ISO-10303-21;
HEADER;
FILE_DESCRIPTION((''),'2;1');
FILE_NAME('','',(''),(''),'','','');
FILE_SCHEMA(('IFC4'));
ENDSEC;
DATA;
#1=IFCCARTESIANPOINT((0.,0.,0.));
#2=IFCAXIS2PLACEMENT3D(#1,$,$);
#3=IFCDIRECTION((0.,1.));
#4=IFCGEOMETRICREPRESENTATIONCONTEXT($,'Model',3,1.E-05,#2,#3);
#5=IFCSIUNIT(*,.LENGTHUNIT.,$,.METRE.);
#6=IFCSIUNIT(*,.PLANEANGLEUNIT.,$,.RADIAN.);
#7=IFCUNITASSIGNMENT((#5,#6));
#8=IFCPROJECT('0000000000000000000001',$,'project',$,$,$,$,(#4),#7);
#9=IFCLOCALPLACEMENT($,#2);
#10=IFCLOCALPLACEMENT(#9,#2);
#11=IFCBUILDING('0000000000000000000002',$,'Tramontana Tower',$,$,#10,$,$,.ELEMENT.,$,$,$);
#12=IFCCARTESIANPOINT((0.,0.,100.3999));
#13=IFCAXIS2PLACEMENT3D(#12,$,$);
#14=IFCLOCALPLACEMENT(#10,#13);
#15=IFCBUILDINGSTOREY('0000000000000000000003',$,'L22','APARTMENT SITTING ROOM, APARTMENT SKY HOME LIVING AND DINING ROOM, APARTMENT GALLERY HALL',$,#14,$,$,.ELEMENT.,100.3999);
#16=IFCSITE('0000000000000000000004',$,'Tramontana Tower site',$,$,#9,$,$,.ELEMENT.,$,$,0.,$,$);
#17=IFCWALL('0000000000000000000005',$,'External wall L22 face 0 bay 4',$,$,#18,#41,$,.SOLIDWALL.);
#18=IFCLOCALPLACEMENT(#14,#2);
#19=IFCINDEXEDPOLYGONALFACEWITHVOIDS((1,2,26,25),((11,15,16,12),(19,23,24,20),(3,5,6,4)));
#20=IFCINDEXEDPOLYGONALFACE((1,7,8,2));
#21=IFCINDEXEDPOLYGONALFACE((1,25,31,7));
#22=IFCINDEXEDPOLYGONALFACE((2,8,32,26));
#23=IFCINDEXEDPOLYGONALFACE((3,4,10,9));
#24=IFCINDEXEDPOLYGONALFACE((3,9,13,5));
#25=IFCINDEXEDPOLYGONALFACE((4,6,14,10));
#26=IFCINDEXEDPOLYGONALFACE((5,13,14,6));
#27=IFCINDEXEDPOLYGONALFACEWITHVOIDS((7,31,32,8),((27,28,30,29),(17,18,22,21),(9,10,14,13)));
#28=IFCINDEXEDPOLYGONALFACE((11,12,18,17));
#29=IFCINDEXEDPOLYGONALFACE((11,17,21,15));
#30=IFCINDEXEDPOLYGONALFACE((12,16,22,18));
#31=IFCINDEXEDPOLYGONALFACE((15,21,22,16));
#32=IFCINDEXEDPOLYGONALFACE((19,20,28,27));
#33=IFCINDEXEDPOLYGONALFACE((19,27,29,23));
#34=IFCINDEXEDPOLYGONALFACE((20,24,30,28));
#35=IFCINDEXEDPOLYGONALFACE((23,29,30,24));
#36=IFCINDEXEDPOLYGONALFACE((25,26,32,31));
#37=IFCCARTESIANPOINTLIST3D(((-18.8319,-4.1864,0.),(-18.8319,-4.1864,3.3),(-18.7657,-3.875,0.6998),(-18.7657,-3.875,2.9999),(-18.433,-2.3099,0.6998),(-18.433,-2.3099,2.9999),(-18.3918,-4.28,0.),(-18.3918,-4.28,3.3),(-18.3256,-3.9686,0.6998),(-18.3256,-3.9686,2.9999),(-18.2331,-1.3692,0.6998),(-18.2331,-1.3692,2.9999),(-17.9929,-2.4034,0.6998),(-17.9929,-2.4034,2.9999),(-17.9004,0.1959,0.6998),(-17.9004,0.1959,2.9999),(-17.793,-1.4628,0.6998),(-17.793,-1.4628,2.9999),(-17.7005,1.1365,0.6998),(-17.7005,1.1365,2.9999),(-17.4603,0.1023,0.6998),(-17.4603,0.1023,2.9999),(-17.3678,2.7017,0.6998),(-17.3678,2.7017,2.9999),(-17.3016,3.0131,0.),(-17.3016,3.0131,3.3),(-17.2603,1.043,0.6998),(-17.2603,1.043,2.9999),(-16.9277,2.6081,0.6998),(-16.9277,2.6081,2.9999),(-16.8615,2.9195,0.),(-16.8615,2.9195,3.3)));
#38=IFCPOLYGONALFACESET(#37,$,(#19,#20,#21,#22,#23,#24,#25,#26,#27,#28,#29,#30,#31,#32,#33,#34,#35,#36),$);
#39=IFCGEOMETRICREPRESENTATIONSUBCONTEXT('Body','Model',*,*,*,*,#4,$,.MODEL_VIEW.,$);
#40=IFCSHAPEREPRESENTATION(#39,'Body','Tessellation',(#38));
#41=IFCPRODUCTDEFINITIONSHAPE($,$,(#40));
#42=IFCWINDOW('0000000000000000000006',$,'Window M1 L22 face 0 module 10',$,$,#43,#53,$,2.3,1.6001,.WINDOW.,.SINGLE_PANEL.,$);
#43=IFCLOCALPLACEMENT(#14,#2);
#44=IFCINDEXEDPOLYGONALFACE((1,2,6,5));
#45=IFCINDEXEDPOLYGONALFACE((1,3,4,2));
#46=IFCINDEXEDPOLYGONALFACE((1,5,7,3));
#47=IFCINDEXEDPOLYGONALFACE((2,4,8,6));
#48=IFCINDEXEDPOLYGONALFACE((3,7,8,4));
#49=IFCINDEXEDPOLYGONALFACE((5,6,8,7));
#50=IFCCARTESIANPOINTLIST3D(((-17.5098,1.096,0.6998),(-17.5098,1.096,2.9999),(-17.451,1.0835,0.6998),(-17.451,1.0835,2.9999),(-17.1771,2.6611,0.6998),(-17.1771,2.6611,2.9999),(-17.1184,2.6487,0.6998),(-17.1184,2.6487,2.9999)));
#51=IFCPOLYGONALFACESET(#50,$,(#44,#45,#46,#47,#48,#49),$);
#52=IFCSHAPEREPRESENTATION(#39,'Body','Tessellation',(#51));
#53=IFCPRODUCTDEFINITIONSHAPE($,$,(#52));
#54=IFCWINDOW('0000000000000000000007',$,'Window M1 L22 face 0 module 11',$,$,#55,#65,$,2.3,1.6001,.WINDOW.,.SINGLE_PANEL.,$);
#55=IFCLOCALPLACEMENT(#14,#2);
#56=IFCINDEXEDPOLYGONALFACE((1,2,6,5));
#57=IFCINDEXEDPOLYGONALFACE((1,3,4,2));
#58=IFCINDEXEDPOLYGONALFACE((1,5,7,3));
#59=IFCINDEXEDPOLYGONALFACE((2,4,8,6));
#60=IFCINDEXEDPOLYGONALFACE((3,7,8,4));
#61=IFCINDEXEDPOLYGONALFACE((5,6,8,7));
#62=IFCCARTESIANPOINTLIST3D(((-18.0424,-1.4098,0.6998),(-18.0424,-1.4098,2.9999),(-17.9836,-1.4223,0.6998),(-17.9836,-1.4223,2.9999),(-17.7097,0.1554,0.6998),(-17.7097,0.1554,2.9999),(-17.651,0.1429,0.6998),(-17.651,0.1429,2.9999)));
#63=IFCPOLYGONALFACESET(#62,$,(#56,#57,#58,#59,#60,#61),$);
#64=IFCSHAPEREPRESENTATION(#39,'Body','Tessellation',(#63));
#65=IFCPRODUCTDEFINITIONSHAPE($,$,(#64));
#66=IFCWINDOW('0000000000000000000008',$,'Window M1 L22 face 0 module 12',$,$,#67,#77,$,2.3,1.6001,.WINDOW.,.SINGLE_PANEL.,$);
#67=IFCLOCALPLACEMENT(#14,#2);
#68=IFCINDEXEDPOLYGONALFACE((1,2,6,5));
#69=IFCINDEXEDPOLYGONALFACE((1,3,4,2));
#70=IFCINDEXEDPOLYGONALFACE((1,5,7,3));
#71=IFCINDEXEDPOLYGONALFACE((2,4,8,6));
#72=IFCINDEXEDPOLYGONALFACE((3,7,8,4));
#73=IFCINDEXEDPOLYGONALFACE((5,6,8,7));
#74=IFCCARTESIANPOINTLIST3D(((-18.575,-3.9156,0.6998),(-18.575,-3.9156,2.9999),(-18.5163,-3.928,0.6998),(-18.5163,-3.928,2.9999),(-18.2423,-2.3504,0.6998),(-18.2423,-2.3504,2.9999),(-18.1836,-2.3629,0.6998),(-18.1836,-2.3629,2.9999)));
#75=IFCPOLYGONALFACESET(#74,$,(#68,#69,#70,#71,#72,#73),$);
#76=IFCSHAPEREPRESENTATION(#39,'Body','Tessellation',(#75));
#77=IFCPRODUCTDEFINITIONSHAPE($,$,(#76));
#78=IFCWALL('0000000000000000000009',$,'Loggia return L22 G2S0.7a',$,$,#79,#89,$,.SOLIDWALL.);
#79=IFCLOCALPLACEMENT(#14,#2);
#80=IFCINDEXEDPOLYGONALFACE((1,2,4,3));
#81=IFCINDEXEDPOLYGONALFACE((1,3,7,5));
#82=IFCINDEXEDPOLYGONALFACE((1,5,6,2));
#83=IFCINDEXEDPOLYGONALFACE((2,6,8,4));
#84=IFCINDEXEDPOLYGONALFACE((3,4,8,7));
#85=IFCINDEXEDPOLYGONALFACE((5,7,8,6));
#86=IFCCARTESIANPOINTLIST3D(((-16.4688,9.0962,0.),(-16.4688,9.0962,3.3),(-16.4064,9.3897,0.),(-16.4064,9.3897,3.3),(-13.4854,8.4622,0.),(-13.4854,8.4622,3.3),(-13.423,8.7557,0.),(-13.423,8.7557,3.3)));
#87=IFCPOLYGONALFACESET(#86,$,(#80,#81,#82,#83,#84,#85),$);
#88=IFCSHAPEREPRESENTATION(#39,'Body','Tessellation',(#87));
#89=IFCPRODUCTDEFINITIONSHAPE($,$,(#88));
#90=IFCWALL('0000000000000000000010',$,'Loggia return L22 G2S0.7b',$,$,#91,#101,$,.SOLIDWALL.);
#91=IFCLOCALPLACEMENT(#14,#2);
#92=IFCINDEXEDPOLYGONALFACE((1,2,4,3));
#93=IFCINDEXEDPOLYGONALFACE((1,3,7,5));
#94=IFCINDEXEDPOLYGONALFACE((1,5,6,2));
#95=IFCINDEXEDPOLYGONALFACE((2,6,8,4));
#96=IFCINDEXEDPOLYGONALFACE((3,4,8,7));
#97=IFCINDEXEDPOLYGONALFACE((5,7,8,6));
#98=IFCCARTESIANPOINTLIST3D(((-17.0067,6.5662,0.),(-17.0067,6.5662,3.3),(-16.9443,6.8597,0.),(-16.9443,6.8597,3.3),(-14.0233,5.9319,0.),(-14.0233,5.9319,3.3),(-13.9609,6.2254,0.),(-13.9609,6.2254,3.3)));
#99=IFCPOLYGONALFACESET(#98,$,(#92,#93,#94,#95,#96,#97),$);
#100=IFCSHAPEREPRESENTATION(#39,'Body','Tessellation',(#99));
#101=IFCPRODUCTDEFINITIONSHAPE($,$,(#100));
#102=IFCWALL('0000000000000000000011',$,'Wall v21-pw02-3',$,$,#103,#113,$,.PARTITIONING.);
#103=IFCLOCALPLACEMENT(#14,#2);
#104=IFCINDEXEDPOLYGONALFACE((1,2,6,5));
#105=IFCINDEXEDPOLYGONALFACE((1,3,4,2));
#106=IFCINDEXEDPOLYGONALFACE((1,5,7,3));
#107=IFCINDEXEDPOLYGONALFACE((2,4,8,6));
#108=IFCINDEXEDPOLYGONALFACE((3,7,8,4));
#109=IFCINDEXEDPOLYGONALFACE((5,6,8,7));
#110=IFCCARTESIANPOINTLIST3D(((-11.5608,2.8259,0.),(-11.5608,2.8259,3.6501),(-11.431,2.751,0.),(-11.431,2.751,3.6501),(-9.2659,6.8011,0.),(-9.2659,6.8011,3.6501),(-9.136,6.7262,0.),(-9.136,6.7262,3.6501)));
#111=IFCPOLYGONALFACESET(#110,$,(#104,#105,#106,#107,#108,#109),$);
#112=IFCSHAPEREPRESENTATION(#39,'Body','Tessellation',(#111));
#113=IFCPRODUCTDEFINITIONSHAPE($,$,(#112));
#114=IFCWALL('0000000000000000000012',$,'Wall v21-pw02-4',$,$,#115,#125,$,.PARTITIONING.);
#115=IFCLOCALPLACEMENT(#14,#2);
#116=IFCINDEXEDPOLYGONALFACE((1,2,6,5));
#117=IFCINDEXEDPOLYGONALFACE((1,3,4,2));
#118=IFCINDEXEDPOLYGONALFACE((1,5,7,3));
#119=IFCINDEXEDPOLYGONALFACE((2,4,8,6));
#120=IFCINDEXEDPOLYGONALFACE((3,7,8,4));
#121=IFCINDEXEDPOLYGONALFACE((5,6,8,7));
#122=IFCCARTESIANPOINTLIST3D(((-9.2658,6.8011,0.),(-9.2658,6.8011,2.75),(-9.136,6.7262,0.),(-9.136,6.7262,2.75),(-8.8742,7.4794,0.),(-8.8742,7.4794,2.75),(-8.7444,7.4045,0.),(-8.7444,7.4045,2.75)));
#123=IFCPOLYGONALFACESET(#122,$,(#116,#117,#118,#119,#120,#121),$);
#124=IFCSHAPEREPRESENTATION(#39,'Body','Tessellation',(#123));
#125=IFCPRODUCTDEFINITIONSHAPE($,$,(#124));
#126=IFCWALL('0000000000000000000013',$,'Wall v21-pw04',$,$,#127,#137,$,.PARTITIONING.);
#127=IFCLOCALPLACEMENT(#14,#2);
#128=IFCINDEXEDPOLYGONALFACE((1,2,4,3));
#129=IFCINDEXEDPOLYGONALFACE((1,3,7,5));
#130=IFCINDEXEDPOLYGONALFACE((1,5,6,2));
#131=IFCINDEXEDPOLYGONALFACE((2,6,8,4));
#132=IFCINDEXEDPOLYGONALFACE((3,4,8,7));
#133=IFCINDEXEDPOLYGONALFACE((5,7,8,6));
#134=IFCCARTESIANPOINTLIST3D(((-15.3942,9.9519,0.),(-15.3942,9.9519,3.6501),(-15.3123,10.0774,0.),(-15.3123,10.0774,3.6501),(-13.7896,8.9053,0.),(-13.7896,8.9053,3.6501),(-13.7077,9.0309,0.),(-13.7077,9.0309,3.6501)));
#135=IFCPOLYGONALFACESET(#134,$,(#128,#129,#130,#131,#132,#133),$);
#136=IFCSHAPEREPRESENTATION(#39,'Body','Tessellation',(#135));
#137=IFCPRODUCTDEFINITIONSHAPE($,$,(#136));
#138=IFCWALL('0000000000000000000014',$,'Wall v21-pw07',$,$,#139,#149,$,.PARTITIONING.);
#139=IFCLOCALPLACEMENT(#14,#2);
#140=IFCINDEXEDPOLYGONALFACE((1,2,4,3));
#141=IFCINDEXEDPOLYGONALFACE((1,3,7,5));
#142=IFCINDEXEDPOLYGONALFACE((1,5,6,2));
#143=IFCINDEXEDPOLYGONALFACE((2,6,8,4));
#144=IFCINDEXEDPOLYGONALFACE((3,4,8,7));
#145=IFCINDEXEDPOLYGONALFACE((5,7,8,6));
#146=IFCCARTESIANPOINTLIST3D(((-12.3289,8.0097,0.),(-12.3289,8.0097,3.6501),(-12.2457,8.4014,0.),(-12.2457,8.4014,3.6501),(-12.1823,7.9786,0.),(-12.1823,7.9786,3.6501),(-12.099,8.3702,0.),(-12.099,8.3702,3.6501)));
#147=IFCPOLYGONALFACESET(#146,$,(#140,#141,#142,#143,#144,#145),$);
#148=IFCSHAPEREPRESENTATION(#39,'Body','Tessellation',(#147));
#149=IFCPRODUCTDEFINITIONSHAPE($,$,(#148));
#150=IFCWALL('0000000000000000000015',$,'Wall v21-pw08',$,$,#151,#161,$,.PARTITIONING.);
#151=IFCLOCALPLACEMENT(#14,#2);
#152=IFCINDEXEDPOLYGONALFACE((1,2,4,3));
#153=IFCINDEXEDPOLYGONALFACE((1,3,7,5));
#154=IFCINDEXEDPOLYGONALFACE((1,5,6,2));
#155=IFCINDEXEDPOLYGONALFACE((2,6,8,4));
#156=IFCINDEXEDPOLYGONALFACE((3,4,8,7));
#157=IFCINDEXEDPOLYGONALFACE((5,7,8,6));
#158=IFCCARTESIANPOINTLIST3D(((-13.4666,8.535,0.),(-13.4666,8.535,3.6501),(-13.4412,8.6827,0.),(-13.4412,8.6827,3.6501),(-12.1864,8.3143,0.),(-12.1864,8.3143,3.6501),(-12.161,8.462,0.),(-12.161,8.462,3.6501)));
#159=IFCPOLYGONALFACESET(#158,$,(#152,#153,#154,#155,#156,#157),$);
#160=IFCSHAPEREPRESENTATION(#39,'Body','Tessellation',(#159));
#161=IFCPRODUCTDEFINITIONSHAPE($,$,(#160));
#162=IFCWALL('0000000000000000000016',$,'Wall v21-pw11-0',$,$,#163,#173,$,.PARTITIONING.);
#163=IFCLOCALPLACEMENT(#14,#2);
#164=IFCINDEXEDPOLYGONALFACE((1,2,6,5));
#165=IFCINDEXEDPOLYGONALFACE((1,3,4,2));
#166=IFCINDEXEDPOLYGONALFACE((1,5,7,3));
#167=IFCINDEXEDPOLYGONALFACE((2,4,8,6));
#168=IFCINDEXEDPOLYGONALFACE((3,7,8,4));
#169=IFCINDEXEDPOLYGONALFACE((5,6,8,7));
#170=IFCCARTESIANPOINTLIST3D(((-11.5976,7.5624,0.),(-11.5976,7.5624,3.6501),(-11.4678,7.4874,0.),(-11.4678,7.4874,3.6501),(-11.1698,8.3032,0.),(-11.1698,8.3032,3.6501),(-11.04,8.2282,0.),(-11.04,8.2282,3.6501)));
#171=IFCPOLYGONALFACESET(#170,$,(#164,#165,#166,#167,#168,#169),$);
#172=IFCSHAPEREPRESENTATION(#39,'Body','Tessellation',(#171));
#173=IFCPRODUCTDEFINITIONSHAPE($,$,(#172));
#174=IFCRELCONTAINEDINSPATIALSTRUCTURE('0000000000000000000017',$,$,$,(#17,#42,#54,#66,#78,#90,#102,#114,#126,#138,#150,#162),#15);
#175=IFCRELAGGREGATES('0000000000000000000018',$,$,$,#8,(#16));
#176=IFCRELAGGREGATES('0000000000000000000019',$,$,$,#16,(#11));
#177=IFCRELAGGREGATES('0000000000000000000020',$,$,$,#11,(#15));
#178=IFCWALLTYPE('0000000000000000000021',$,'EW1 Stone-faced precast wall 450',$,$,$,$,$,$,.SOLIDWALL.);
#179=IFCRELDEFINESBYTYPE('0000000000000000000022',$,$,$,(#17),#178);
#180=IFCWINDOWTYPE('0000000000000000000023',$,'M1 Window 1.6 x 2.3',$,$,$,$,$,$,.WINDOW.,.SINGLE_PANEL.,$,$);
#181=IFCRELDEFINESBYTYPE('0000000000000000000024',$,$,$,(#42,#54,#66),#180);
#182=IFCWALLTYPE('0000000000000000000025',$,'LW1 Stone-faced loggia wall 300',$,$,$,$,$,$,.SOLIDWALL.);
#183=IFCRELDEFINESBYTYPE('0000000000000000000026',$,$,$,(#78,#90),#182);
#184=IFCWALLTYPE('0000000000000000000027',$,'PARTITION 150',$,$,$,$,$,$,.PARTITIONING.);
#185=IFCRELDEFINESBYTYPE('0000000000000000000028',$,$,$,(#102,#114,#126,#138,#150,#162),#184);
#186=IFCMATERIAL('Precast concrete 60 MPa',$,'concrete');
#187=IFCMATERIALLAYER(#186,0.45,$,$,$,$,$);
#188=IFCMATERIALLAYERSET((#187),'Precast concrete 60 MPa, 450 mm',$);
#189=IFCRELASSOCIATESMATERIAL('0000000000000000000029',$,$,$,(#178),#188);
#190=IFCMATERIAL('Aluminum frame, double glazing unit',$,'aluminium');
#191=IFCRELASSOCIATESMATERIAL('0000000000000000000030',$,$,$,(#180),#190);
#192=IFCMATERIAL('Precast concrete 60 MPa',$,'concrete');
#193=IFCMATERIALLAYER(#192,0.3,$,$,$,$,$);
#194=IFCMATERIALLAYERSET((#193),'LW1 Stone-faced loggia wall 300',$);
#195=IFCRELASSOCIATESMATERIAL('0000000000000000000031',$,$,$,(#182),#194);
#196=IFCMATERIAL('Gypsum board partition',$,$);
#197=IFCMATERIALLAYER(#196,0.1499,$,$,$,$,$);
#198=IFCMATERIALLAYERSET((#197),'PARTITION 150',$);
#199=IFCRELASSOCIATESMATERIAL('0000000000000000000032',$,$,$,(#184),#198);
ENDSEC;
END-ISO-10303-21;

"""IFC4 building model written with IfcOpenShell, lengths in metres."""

from ifc_helpers import new_model, si_unit, direction, frame, frame_2d, origin, place, context, subcontext, project, spatial, rectangle, extrude, material, layer, layer_set, type_object, element, fill, save


model = new_model("IFC4")

# Units and contexts
model_context = context("Model", 3, precision=1e-05, world=origin(), true_north=direction((0.0, 1.0)))
body_context = subcontext(model_context, "Body", "Model", "MODEL_VIEW")
ifc_project = project(units=[si_unit("LENGTHUNIT", "METRE"), si_unit("PLANEANGLEUNIT", "RADIAN")], contexts=[model_context])

# Site, building, storey
site_placement = place(None, origin())
site = spatial("IfcSite", under=ifc_project, at=site_placement, Name="Tramontana Tower site", CompositionType="ELEMENT", RefElevation=0.0)
building_placement = place(site_placement, origin())
building = spatial("IfcBuilding", under=site, at=building_placement, Name="Tramontana Tower", CompositionType="ELEMENT")
storey_placement = place(building_placement, frame((0.0, 0.0, 100.3999)))
storey = spatial("IfcBuildingStorey", under=building, at=storey_placement, Name="L22", Description="APARTMENT SITTING ROOM, APARTMENT SKY HOME LIVING AND DINING ROOM, APARTMENT GALLERY HALL", CompositionType="ELEMENT", Elevation=100.3999)

# Shared definitions
ifc_material_1 = material(Name="Precast concrete 60 MPa", Category="concrete")
ifc_layer_1 = layer(ifc_material_1, 0.45)
ifc_layer_set_1 = layer_set([ifc_layer_1], Name="Precast concrete 60 MPa, 450 mm")
wall_type_1 = type_object("IfcWallType", Name="EW1 Stone-faced precast wall 450", PredefinedType="SOLIDWALL", material=ifc_layer_set_1)
ifc_material_2 = material(Name="Aluminum frame, double glazing unit", Category="aluminium")
window_type = type_object("IfcWindowType", Name="M1 Window 1.6 x 2.3", PartitioningType="SINGLE_PANEL", PredefinedType="WINDOW", material=ifc_material_2)

# Wall, openings, windows
wall_1_placement = place(storey_placement, frame((-17.0815, 2.9663, 0.0), z_axis=(0.0, 0.0, 1.0), x_axis=(-0.207909, -0.978148, 0.0)))
wall_1 = element("IfcWall", 1, at=wall_1_placement, inside=storey, type_object=wall_type_1, Name="External wall L22 face 0 bay 4", PredefinedType="SOLIDWALL", context=body_context, shape_type="SweptSolid", body=[
    extrude(rectangle(XDim=7.3604, YDim=0.45, at=frame_2d((3.6802, 0.0))), origin(), (0.0, 0.0, 1.0), 3.3),
])
opening_1_placement = place(wall_1_placement, frame((0.3184, 0.0, 0.7)))
opening_1 = element("IfcOpeningElement", 2, at=opening_1_placement, cuts=wall_1, PredefinedType="OPENING", context=body_context, shape_type="SweptSolid", body=[
    extrude(rectangle(XDim=1.6001, YDim=2.3, at=frame_2d((0.8, 1.1499))), frame((0.0, 0.2349, 0.0), z_axis=(0.0, -1.0, 0.0), x_axis=(1.0, 0.0, 0.0)), (0.0, 0.0, 1.0), 0.47),
])
opening_2_placement = place(wall_1_placement, frame((2.8801, 0.0, 0.7)))
opening_2 = element("IfcOpeningElement", 3, at=opening_2_placement, cuts=wall_1, PredefinedType="OPENING", context=body_context, shape_type="SweptSolid", body=[
    extrude(rectangle(XDim=1.6001, YDim=2.3, at=frame_2d((0.8, 1.1499))), frame((0.0, 0.2349, 0.0), z_axis=(0.0, -1.0, 0.0), x_axis=(1.0, 0.0, 0.0)), (0.0, 0.0, 1.0), 0.47),
])
opening_3_placement = place(wall_1_placement, frame((5.4419, 0.0, 0.7)))
opening_3 = element("IfcOpeningElement", 4, at=opening_3_placement, cuts=wall_1, PredefinedType="OPENING", context=body_context, shape_type="SweptSolid", body=[
    extrude(rectangle(XDim=1.6001, YDim=2.3, at=frame_2d((0.8, 1.1499))), frame((0.0, 0.2349, 0.0), z_axis=(0.0, -1.0, 0.0), x_axis=(1.0, 0.0, 0.0)), (0.0, 0.0, 1.0), 0.47),
])
window_1_placement = place(opening_1_placement, origin())
window_1 = element("IfcWindow", 5, at=window_1_placement, inside=storey, type_object=window_type, Name="Window M1 L22 face 0 module 10", OverallHeight=2.3, OverallWidth=1.6001, PartitioningType="SINGLE_PANEL", PredefinedType="WINDOW", context=body_context, shape_type="SweptSolid", body=[
    extrude(rectangle(XDim=1.6001, YDim=2.3, at=frame_2d((0.8, 1.1499))), frame((0.0, 0.03, 0.0), z_axis=(0.0, -1.0, 0.0), x_axis=(1.0, 0.0, 0.0)), (0.0, 0.0, 1.0), 0.0601),
])
fill(opening_1, window_1)
window_2_placement = place(opening_2_placement, origin())
window_2 = element("IfcWindow", 6, at=window_2_placement, inside=storey, type_object=window_type, Name="Window M1 L22 face 0 module 11", OverallHeight=2.3, OverallWidth=1.6001, PartitioningType="SINGLE_PANEL", PredefinedType="WINDOW", context=body_context, shape_type="SweptSolid", body=[
    extrude(rectangle(XDim=1.6001, YDim=2.3, at=frame_2d((0.8, 1.1499))), frame((0.0, 0.03, 0.0), z_axis=(0.0, -1.0, 0.0), x_axis=(1.0, 0.0, 0.0)), (0.0, 0.0, 1.0), 0.0601),
])
fill(opening_2, window_2)
window_3_placement = place(opening_3_placement, origin())
window_3 = element("IfcWindow", 7, at=window_3_placement, inside=storey, type_object=window_type, Name="Window M1 L22 face 0 module 12", OverallHeight=2.3, OverallWidth=1.6001, PartitioningType="SINGLE_PANEL", PredefinedType="WINDOW", context=body_context, shape_type="SweptSolid", body=[
    extrude(rectangle(XDim=1.6001, YDim=2.3, at=frame_2d((0.8, 1.1499))), frame((0.0, 0.03, 0.0), z_axis=(0.0, -1.0, 0.0), x_axis=(1.0, 0.0, 0.0)), (0.0, 0.0, 1.0), 0.0601),
])
fill(opening_3, window_3)

# Shared definitions
ifc_material_3 = material(Name="Precast concrete 60 MPa", Category="concrete")
ifc_layer_2 = layer(ifc_material_3, 0.3)
ifc_layer_set_2 = layer_set([ifc_layer_2], Name="LW1 Stone-faced loggia wall 300")
wall_type_2 = type_object("IfcWallType", Name="LW1 Stone-faced loggia wall 300", PredefinedType="SOLIDWALL", material=ifc_layer_set_2)

# Walls
for number, where, z_axis, x_axis, name in (
    (8, (-16.4375, 9.2429, 0.0), (0.0, 0.0, 1.0), (0.978155, -0.207878, 0.0), "Loggia return L22 G2S0.7a"),
    (9, (-16.9753, 6.7129, 0.0), (0.0, 0.0, 1.0), (0.978139, -0.207954, 0.0), "Loggia return L22 G2S0.7b"),
):
    element("IfcWall", number, at=place(storey_placement, frame(where, z_axis=z_axis, x_axis=x_axis)), inside=storey, type_object=wall_type_2, Name=name, PredefinedType="SOLIDWALL", context=body_context, shape_type="SweptSolid", body=[
        extrude(rectangle(XDim=3.05, YDim=0.3, at=frame_2d((1.5249, 0.0))), origin(), (0.0, 0.0, 1.0), 3.3),
    ])

# Shared definitions
ifc_material_4 = material(Name="Gypsum board partition")
ifc_layer_3 = layer(ifc_material_4, 0.1499)
ifc_layer_set_3 = layer_set([ifc_layer_3], Name="PARTITION 150")
wall_type_3 = type_object("IfcWallType", Name="PARTITION 150", PredefinedType="PARTITIONING", material=ifc_layer_set_3)

# Walls
wall_2_placement = place(storey_placement, frame((-11.4958, 2.7886, 0.0), z_axis=(0.0, 0.0, 1.0), x_axis=(0.499983, 0.866035, 0.0)))
element("IfcWall", 10, at=wall_2_placement, inside=storey, type_object=wall_type_3, Name="Wall v21-pw02-3", PredefinedType="PARTITIONING", context=body_context, shape_type="SweptSolid", body=[
    extrude(rectangle(XDim=4.5901, YDim=0.1499, at=frame_2d((2.2949, 0.0))), origin(), (0.0, 0.0, 1.0), 3.6501),
])
wall_3_placement = place(storey_placement, frame((-9.2009, 6.7637, 0.0), z_axis=(0.0, 0.0, 1.0), x_axis=(0.500028, 0.866009, 0.0)))
element("IfcWall", 11, at=wall_3_placement, inside=storey, type_object=wall_type_3, Name="Wall v21-pw02-4", PredefinedType="PARTITIONING", context=body_context, shape_type="SweptSolid", body=[
    extrude(rectangle(XDim=0.7832, YDim=0.1499, at=frame_2d((0.3916, 0.0))), origin(), (0.0, 0.0, 1.0), 2.75),
])

# Walls
wall_4_placement = place(storey_placement, frame((-13.7485, 8.968, 0.0), z_axis=(0.0, 0.0, 1.0), x_axis=(-0.837595, 0.546291, 0.0)))
element("IfcWall", 12, at=wall_4_placement, inside=storey, type_object=wall_type_3, Name="Wall v21-pw04", PredefinedType="PARTITIONING", context=body_context, shape_type="SweptSolid", body=[
    extrude(rectangle(XDim=1.9158, YDim=0.1499, at=frame_2d((0.958, 0.0))), origin(), (0.0, 0.0, 1.0), 3.6501),
])
wall_5_placement = place(storey_placement, frame((-12.2556, 7.9941, 0.0), z_axis=(0.0, 0.0, 1.0), x_axis=(0.207946, 0.97814, 0.0)))
element("IfcWall", 13, at=wall_5_placement, inside=storey, type_object=wall_type_3, Name="Wall v21-pw07", PredefinedType="PARTITIONING", context=body_context, shape_type="SweptSolid", body=[
    extrude(rectangle(XDim=0.4004, YDim=0.1499, at=frame_2d((0.2002, 0.0))), origin(), (0.0, 0.0, 1.0), 3.6501),
])
wall_6_placement = place(storey_placement, frame((-12.1738, 8.3882, 0.0), z_axis=(0.0, 0.0, 1.0), x_axis=(-0.985464, 0.169882, 0.0)))
element("IfcWall", 14, at=wall_6_placement, inside=storey, type_object=wall_type_3, Name="Wall v21-pw08", PredefinedType="PARTITIONING", context=body_context, shape_type="SweptSolid", body=[
    extrude(rectangle(XDim=1.2991, YDim=0.1499, at=frame_2d((0.6494, 0.0))), origin(), (0.0, 0.0, 1.0), 3.6501),
])
wall_7_placement = place(storey_placement, frame((-11.5327, 7.5249, 0.0), z_axis=(0.0, 0.0, 1.0), x_axis=(0.500068, 0.865986, 0.0)))
element("IfcWall", 15, at=wall_7_placement, inside=storey, type_object=wall_type_3, Name="Wall v21-pw11-0", PredefinedType="PARTITIONING", context=body_context, shape_type="SweptSolid", body=[
    extrude(rectangle(XDim=0.8555, YDim=0.1499, at=frame_2d((0.4277, 0.0))), origin(), (0.0, 0.0, 1.0), 3.6501),
])

save(model, "model.ifc")
